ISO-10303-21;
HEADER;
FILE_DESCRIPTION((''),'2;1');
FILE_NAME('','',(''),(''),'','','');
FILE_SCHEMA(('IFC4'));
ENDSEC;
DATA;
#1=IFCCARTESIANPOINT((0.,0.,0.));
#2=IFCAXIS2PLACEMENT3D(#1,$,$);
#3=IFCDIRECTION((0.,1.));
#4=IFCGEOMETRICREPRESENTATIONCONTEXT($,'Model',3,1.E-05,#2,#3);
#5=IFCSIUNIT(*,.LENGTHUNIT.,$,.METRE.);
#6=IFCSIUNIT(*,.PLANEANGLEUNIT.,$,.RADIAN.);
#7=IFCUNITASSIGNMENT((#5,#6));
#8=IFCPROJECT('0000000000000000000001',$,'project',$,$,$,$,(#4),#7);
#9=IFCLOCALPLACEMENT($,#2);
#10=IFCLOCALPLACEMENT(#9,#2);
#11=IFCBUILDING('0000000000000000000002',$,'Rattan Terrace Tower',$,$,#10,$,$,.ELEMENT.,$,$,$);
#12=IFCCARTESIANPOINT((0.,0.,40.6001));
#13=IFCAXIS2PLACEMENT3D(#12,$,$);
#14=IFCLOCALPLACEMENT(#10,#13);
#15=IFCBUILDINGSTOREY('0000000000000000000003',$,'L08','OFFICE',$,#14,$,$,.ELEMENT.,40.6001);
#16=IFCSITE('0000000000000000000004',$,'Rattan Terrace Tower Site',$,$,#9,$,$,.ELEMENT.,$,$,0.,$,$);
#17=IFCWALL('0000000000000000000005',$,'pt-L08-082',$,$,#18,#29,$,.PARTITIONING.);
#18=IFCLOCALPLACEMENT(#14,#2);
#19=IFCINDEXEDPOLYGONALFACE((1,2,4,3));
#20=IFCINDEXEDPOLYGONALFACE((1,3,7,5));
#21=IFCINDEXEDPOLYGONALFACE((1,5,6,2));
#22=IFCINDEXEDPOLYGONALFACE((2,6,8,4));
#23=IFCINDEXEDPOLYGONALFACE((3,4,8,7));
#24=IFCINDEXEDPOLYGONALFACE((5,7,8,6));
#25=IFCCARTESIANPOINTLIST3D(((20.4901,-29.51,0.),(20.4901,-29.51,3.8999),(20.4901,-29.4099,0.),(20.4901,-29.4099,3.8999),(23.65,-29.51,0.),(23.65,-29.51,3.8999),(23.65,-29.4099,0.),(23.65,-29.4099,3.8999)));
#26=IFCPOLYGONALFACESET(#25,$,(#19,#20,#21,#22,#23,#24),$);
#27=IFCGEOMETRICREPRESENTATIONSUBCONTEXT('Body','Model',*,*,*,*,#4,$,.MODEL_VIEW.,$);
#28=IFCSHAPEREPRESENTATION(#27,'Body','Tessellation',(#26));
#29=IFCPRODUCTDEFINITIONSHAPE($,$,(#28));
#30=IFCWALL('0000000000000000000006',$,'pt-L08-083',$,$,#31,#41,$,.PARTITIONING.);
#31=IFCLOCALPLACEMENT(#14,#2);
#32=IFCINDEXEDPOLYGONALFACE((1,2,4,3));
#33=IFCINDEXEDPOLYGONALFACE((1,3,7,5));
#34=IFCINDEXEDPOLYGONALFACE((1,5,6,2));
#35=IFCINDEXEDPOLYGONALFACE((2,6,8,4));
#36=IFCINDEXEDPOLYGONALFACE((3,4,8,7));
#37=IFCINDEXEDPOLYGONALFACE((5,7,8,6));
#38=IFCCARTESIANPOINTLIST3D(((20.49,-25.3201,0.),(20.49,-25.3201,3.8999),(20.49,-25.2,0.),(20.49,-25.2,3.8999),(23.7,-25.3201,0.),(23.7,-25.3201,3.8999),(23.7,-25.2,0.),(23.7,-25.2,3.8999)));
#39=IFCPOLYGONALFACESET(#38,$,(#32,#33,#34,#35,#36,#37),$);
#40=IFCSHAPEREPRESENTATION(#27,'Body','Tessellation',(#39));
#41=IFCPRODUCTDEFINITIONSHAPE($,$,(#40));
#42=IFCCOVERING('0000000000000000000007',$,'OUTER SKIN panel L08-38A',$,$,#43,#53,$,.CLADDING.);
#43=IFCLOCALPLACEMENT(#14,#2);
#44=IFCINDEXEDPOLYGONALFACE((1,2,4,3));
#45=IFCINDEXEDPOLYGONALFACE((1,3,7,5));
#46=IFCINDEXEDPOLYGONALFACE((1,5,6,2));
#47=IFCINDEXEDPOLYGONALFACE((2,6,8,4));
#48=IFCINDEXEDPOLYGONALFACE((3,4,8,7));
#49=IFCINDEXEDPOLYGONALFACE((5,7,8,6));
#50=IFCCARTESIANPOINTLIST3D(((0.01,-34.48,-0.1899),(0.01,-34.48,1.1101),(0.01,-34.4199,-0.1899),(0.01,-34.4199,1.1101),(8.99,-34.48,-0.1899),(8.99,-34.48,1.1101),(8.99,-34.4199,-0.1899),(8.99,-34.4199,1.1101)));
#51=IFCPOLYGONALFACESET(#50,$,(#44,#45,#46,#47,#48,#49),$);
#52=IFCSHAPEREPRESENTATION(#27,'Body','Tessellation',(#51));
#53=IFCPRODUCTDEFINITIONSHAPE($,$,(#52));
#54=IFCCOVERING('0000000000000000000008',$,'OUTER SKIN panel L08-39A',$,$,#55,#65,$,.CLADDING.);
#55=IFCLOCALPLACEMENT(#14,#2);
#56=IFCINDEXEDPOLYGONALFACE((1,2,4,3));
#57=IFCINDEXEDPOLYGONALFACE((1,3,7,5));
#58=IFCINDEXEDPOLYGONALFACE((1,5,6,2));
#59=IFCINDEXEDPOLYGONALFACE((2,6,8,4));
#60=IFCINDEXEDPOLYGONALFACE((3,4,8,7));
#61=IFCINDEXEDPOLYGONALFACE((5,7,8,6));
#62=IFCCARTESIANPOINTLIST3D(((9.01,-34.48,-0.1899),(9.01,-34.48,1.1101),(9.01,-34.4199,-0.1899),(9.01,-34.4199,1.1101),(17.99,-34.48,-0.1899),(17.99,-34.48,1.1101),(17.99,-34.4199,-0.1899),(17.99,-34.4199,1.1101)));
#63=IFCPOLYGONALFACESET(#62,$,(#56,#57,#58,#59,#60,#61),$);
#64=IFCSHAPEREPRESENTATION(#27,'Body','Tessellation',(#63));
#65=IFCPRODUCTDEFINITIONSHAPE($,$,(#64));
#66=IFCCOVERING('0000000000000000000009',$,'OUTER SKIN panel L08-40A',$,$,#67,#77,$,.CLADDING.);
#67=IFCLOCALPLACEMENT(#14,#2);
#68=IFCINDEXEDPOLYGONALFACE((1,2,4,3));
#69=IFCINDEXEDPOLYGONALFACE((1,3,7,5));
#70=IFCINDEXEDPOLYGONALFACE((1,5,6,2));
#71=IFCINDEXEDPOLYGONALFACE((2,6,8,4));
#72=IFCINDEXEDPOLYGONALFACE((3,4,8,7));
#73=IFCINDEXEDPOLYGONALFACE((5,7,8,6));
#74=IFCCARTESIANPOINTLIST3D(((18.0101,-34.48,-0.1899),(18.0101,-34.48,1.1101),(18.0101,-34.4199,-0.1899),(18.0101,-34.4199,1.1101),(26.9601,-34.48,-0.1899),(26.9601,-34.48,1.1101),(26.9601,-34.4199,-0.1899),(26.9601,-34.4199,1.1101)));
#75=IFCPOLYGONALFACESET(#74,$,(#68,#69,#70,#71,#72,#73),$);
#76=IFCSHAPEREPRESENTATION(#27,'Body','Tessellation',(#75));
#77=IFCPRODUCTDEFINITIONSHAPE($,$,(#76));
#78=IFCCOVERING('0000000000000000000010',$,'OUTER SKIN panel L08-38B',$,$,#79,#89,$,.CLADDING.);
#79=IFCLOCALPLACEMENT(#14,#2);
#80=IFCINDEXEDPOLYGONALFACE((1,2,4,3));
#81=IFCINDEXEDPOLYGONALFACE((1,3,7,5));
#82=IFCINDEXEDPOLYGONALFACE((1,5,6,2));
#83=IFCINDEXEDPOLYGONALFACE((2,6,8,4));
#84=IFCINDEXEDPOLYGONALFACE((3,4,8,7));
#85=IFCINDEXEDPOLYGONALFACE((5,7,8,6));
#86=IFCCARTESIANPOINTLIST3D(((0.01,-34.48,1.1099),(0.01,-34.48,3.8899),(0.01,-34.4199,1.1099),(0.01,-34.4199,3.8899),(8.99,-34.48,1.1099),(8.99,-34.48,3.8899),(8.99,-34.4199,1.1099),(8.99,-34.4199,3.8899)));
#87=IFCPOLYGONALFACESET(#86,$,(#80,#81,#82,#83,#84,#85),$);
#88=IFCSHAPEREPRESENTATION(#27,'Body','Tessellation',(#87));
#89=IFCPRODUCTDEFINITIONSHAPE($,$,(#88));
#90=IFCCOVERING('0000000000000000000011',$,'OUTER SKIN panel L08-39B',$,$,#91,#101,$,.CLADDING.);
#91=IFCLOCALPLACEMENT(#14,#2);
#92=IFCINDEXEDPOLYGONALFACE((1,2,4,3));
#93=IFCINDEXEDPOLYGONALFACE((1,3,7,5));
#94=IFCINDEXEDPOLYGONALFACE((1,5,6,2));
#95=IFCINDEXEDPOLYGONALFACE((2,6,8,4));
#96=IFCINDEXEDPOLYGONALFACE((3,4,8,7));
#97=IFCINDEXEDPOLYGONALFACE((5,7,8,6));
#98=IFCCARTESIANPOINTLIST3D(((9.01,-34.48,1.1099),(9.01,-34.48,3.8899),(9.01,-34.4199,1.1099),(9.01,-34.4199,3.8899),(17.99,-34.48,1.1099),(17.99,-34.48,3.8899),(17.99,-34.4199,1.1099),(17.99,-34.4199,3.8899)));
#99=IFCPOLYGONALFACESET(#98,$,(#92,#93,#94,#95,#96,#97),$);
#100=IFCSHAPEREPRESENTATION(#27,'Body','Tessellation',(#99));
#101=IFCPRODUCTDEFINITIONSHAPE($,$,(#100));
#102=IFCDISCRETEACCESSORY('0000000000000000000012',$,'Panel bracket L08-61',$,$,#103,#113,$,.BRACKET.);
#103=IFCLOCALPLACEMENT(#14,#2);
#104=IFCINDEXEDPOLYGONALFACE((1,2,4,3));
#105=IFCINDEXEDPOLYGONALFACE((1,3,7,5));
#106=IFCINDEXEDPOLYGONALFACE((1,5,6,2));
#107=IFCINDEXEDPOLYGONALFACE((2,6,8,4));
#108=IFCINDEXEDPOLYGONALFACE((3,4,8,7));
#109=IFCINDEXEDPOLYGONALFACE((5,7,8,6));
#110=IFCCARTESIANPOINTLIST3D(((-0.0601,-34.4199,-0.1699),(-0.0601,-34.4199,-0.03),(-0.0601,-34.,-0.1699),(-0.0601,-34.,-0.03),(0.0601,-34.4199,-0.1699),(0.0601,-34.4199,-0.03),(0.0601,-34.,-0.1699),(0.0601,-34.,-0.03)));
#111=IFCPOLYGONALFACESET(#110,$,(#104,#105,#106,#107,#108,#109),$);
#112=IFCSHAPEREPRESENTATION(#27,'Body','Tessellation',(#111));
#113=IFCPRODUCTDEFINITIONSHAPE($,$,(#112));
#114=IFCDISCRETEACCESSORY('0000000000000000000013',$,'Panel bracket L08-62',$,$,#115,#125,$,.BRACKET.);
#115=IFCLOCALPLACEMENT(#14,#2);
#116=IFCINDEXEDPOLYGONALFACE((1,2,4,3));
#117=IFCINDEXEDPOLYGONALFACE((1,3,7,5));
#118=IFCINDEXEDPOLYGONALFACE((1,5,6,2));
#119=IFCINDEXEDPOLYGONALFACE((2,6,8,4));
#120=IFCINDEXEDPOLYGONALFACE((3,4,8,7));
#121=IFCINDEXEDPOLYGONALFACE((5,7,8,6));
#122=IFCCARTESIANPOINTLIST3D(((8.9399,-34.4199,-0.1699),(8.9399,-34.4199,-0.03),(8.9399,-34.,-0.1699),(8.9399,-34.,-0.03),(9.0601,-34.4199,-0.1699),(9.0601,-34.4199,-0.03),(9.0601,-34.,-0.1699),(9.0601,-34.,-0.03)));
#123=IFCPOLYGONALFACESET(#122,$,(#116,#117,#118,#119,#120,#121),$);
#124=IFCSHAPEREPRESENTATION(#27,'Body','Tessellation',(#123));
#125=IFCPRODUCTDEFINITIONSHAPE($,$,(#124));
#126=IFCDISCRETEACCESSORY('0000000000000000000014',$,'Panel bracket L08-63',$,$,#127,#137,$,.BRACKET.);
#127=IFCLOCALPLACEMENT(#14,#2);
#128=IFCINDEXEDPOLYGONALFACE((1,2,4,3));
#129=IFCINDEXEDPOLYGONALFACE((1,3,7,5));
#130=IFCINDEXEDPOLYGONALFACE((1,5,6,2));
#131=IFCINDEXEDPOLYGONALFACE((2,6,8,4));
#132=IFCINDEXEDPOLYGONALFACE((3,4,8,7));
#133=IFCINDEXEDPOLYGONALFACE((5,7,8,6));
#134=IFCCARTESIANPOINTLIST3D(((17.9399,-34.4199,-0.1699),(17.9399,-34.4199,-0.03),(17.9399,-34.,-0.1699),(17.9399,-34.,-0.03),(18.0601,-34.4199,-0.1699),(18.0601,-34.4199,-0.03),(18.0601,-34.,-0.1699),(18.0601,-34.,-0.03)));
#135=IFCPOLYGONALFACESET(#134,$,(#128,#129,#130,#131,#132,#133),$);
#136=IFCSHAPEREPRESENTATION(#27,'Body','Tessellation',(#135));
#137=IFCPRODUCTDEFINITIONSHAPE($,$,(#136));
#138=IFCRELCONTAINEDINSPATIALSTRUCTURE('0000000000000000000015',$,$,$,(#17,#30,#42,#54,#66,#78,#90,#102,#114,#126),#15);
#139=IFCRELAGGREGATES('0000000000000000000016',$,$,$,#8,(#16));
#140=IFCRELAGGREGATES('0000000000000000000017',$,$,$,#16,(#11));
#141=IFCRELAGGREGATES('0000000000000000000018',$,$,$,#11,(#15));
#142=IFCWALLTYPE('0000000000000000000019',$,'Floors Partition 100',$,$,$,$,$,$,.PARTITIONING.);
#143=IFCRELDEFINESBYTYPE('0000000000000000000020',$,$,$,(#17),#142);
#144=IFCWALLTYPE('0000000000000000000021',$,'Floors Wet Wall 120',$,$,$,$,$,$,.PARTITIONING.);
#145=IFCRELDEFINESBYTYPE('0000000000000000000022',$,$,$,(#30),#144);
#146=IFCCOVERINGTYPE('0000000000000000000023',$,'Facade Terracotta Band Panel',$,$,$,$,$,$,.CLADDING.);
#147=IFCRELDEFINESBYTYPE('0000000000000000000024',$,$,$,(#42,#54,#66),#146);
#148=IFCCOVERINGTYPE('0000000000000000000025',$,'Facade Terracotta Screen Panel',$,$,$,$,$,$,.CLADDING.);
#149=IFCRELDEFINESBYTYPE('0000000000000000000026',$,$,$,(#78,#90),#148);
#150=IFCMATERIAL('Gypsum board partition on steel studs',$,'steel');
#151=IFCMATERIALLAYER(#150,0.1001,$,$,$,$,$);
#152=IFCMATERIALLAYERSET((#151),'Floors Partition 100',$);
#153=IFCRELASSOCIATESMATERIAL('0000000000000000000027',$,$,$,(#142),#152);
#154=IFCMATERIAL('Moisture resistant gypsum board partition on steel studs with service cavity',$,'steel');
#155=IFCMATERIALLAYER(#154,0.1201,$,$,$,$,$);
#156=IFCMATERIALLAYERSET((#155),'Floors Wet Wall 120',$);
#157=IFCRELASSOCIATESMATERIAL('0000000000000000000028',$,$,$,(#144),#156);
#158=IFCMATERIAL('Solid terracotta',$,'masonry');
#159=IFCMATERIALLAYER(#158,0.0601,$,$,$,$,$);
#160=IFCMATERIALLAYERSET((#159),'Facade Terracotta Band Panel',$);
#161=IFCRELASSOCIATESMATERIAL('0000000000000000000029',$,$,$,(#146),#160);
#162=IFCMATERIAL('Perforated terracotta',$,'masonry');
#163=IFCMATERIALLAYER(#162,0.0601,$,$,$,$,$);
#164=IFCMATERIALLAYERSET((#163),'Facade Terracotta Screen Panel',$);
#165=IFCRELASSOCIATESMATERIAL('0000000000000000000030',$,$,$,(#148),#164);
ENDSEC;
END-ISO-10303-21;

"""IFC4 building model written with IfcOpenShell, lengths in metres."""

from ifc_helpers import new_model, si_unit, direction, frame, frame_2d, origin, origin_2d, place, context, subcontext, project, spatial, rectangle, extrude, material, layer, layer_set, type_object, element, save


model = new_model("IFC4")

# Units and contexts
model_context = context("Model", 3, precision=1e-05, world=origin(), true_north=direction((0.0, 1.0)))
body_context = subcontext(model_context, "Body", "Model", "MODEL_VIEW")
ifc_project = project(units=[si_unit("LENGTHUNIT", "METRE"), si_unit("PLANEANGLEUNIT", "RADIAN")], contexts=[model_context])

# Site, building, storey
site_placement = place(None, origin())
site = spatial("IfcSite", under=ifc_project, at=site_placement, Name="Rattan Terrace Tower Site", CompositionType="ELEMENT", RefElevation=0.0)
building_placement = place(site_placement, origin())
building = spatial("IfcBuilding", under=site, at=building_placement, Name="Rattan Terrace Tower", CompositionType="ELEMENT")
storey_placement = place(building_placement, frame((0.0, 0.0, 40.6001)))
storey = spatial("IfcBuildingStorey", under=building, at=storey_placement, Name="L08", Description="OFFICE", CompositionType="ELEMENT", Elevation=40.6001)

# Walls
ifc_material_1 = material(Name="Gypsum board partition on steel studs", Category="steel")
ifc_layer_1 = layer(ifc_material_1, 0.1001)
ifc_layer_set_1 = layer_set([ifc_layer_1], Name="Floors Partition 100")
wall_type_1 = type_object("IfcWallType", Name="Floors Partition 100", PredefinedType="PARTITIONING", material=ifc_layer_set_1)
wall_1_placement = place(storey_placement, frame((20.49, -29.46, 0.0), z_axis=(0.0, 0.0, 1.0), x_axis=(1.0, 0.0, 0.0)))
element("IfcWall", 1, at=wall_1_placement, inside=storey, type_object=wall_type_1, Name="pt-L08-082", PredefinedType="PARTITIONING", context=body_context, shape_type="SweptSolid", body=[
    extrude(rectangle(XDim=3.1599, YDim=0.1001, at=frame_2d((1.5801, 0.0))), origin(), (0.0, 0.0, 1.0), 3.8999),
])
ifc_material_2 = material(Name="Moisture resistant gypsum board partition on steel studs with service cavity", Category="steel")
ifc_layer_2 = layer(ifc_material_2, 0.1201)
ifc_layer_set_2 = layer_set([ifc_layer_2], Name="Floors Wet Wall 120")
wall_type_2 = type_object("IfcWallType", Name="Floors Wet Wall 120", PredefinedType="PARTITIONING", material=ifc_layer_set_2)
wall_2_placement = place(storey_placement, frame((20.49, -25.26, 0.0), z_axis=(0.0, 0.0, 1.0), x_axis=(1.0, 0.0, 0.0)))
element("IfcWall", 2, at=wall_2_placement, inside=storey, type_object=wall_type_2, Name="pt-L08-083", PredefinedType="PARTITIONING", context=body_context, shape_type="SweptSolid", body=[
    extrude(rectangle(XDim=3.21, YDim=0.1201, at=frame_2d((1.605, 0.0))), origin(), (0.0, 0.0, 1.0), 3.8999),
])

# Coverings
ifc_material_3 = material(Name="Solid terracotta", Category="masonry")
ifc_layer_3 = layer(ifc_material_3, 0.0601)
ifc_layer_set_3 = layer_set([ifc_layer_3], Name="Facade Terracotta Band Panel")
covering_type_1 = type_object("IfcCoveringType", Name="Facade Terracotta Band Panel", PredefinedType="CLADDING", material=ifc_layer_set_3)
for number, where, z_axis, x_axis, name in (
    (3, (4.5, -34.45, -0.1899), (0.0, 0.0, 1.0), (1.0, 0.0, 0.0), "OUTER SKIN panel L08-38A"),
    (4, (13.5, -34.45, -0.1899), (0.0, 0.0, 1.0), (1.0, 0.0, 0.0), "OUTER SKIN panel L08-39A"),
):
    element("IfcCovering", number, at=place(storey_placement, frame(where, z_axis=z_axis, x_axis=x_axis)), inside=storey, type_object=covering_type_1, Name=name, PredefinedType="CLADDING", context=body_context, shape_type="SweptSolid", body=[
        extrude(rectangle(XDim=8.98, YDim=0.0601, at=origin_2d()), origin(), (0.0, 0.0, 1.0), 1.3),
    ])
covering_placement = place(storey_placement, frame((22.4851, -34.45, -0.1899), z_axis=(0.0, 0.0, 1.0), x_axis=(1.0, 0.0, 0.0)))
element("IfcCovering", 5, at=covering_placement, inside=storey, type_object=covering_type_1, Name="OUTER SKIN panel L08-40A", PredefinedType="CLADDING", context=body_context, shape_type="SweptSolid", body=[
    extrude(rectangle(XDim=8.95, YDim=0.0601, at=origin_2d()), origin(), (0.0, 0.0, 1.0), 1.3),
])
ifc_material_4 = material(Name="Perforated terracotta", Category="masonry")
ifc_layer_4 = layer(ifc_material_4, 0.0601)
ifc_layer_set_4 = layer_set([ifc_layer_4], Name="Facade Terracotta Screen Panel")
covering_type_2 = type_object("IfcCoveringType", Name="Facade Terracotta Screen Panel", PredefinedType="CLADDING", material=ifc_layer_set_4)
for number, where, z_axis, x_axis, name in (
    (6, (4.5, -34.45, 1.1099), (0.0, 0.0, 1.0), (1.0, 0.0, 0.0), "OUTER SKIN panel L08-38B"),
    (7, (13.5, -34.45, 1.1099), (0.0, 0.0, 1.0), (1.0, 0.0, 0.0), "OUTER SKIN panel L08-39B"),
):
    element("IfcCovering", number, at=place(storey_placement, frame(where, z_axis=z_axis, x_axis=x_axis)), inside=storey, type_object=covering_type_2, Name=name, PredefinedType="CLADDING", context=body_context, shape_type="SweptSolid", body=[
        extrude(rectangle(XDim=8.98, YDim=0.0601, at=origin_2d()), origin(), (0.0, 0.0, 1.0), 2.78),
    ])

# Discrete accessories
for number, where, z_axis, x_axis, name in (
    (8, (0.0, -34.21, -0.1699), (0.0, 0.0, 1.0), (1.0, 0.0, 0.0), "Panel bracket L08-61"),
    (9, (9.0, -34.21, -0.1699), (0.0, 0.0, 1.0), (1.0, 0.0, 0.0), "Panel bracket L08-62"),
    (10, (18.0, -34.21, -0.1699), (0.0, 0.0, 1.0), (1.0, 0.0, 0.0), "Panel bracket L08-63"),
):
    element("IfcDiscreteAccessory", number, at=place(storey_placement, frame(where, z_axis=z_axis, x_axis=x_axis)), inside=storey, Name=name, PredefinedType="BRACKET", context=body_context, shape_type="SweptSolid", body=[
        extrude(rectangle(XDim=0.1201, YDim=0.4199, at=origin_2d()), origin(), (0.0, 0.0, 1.0), 0.1399),
    ])

save(model, "model.ifc")
